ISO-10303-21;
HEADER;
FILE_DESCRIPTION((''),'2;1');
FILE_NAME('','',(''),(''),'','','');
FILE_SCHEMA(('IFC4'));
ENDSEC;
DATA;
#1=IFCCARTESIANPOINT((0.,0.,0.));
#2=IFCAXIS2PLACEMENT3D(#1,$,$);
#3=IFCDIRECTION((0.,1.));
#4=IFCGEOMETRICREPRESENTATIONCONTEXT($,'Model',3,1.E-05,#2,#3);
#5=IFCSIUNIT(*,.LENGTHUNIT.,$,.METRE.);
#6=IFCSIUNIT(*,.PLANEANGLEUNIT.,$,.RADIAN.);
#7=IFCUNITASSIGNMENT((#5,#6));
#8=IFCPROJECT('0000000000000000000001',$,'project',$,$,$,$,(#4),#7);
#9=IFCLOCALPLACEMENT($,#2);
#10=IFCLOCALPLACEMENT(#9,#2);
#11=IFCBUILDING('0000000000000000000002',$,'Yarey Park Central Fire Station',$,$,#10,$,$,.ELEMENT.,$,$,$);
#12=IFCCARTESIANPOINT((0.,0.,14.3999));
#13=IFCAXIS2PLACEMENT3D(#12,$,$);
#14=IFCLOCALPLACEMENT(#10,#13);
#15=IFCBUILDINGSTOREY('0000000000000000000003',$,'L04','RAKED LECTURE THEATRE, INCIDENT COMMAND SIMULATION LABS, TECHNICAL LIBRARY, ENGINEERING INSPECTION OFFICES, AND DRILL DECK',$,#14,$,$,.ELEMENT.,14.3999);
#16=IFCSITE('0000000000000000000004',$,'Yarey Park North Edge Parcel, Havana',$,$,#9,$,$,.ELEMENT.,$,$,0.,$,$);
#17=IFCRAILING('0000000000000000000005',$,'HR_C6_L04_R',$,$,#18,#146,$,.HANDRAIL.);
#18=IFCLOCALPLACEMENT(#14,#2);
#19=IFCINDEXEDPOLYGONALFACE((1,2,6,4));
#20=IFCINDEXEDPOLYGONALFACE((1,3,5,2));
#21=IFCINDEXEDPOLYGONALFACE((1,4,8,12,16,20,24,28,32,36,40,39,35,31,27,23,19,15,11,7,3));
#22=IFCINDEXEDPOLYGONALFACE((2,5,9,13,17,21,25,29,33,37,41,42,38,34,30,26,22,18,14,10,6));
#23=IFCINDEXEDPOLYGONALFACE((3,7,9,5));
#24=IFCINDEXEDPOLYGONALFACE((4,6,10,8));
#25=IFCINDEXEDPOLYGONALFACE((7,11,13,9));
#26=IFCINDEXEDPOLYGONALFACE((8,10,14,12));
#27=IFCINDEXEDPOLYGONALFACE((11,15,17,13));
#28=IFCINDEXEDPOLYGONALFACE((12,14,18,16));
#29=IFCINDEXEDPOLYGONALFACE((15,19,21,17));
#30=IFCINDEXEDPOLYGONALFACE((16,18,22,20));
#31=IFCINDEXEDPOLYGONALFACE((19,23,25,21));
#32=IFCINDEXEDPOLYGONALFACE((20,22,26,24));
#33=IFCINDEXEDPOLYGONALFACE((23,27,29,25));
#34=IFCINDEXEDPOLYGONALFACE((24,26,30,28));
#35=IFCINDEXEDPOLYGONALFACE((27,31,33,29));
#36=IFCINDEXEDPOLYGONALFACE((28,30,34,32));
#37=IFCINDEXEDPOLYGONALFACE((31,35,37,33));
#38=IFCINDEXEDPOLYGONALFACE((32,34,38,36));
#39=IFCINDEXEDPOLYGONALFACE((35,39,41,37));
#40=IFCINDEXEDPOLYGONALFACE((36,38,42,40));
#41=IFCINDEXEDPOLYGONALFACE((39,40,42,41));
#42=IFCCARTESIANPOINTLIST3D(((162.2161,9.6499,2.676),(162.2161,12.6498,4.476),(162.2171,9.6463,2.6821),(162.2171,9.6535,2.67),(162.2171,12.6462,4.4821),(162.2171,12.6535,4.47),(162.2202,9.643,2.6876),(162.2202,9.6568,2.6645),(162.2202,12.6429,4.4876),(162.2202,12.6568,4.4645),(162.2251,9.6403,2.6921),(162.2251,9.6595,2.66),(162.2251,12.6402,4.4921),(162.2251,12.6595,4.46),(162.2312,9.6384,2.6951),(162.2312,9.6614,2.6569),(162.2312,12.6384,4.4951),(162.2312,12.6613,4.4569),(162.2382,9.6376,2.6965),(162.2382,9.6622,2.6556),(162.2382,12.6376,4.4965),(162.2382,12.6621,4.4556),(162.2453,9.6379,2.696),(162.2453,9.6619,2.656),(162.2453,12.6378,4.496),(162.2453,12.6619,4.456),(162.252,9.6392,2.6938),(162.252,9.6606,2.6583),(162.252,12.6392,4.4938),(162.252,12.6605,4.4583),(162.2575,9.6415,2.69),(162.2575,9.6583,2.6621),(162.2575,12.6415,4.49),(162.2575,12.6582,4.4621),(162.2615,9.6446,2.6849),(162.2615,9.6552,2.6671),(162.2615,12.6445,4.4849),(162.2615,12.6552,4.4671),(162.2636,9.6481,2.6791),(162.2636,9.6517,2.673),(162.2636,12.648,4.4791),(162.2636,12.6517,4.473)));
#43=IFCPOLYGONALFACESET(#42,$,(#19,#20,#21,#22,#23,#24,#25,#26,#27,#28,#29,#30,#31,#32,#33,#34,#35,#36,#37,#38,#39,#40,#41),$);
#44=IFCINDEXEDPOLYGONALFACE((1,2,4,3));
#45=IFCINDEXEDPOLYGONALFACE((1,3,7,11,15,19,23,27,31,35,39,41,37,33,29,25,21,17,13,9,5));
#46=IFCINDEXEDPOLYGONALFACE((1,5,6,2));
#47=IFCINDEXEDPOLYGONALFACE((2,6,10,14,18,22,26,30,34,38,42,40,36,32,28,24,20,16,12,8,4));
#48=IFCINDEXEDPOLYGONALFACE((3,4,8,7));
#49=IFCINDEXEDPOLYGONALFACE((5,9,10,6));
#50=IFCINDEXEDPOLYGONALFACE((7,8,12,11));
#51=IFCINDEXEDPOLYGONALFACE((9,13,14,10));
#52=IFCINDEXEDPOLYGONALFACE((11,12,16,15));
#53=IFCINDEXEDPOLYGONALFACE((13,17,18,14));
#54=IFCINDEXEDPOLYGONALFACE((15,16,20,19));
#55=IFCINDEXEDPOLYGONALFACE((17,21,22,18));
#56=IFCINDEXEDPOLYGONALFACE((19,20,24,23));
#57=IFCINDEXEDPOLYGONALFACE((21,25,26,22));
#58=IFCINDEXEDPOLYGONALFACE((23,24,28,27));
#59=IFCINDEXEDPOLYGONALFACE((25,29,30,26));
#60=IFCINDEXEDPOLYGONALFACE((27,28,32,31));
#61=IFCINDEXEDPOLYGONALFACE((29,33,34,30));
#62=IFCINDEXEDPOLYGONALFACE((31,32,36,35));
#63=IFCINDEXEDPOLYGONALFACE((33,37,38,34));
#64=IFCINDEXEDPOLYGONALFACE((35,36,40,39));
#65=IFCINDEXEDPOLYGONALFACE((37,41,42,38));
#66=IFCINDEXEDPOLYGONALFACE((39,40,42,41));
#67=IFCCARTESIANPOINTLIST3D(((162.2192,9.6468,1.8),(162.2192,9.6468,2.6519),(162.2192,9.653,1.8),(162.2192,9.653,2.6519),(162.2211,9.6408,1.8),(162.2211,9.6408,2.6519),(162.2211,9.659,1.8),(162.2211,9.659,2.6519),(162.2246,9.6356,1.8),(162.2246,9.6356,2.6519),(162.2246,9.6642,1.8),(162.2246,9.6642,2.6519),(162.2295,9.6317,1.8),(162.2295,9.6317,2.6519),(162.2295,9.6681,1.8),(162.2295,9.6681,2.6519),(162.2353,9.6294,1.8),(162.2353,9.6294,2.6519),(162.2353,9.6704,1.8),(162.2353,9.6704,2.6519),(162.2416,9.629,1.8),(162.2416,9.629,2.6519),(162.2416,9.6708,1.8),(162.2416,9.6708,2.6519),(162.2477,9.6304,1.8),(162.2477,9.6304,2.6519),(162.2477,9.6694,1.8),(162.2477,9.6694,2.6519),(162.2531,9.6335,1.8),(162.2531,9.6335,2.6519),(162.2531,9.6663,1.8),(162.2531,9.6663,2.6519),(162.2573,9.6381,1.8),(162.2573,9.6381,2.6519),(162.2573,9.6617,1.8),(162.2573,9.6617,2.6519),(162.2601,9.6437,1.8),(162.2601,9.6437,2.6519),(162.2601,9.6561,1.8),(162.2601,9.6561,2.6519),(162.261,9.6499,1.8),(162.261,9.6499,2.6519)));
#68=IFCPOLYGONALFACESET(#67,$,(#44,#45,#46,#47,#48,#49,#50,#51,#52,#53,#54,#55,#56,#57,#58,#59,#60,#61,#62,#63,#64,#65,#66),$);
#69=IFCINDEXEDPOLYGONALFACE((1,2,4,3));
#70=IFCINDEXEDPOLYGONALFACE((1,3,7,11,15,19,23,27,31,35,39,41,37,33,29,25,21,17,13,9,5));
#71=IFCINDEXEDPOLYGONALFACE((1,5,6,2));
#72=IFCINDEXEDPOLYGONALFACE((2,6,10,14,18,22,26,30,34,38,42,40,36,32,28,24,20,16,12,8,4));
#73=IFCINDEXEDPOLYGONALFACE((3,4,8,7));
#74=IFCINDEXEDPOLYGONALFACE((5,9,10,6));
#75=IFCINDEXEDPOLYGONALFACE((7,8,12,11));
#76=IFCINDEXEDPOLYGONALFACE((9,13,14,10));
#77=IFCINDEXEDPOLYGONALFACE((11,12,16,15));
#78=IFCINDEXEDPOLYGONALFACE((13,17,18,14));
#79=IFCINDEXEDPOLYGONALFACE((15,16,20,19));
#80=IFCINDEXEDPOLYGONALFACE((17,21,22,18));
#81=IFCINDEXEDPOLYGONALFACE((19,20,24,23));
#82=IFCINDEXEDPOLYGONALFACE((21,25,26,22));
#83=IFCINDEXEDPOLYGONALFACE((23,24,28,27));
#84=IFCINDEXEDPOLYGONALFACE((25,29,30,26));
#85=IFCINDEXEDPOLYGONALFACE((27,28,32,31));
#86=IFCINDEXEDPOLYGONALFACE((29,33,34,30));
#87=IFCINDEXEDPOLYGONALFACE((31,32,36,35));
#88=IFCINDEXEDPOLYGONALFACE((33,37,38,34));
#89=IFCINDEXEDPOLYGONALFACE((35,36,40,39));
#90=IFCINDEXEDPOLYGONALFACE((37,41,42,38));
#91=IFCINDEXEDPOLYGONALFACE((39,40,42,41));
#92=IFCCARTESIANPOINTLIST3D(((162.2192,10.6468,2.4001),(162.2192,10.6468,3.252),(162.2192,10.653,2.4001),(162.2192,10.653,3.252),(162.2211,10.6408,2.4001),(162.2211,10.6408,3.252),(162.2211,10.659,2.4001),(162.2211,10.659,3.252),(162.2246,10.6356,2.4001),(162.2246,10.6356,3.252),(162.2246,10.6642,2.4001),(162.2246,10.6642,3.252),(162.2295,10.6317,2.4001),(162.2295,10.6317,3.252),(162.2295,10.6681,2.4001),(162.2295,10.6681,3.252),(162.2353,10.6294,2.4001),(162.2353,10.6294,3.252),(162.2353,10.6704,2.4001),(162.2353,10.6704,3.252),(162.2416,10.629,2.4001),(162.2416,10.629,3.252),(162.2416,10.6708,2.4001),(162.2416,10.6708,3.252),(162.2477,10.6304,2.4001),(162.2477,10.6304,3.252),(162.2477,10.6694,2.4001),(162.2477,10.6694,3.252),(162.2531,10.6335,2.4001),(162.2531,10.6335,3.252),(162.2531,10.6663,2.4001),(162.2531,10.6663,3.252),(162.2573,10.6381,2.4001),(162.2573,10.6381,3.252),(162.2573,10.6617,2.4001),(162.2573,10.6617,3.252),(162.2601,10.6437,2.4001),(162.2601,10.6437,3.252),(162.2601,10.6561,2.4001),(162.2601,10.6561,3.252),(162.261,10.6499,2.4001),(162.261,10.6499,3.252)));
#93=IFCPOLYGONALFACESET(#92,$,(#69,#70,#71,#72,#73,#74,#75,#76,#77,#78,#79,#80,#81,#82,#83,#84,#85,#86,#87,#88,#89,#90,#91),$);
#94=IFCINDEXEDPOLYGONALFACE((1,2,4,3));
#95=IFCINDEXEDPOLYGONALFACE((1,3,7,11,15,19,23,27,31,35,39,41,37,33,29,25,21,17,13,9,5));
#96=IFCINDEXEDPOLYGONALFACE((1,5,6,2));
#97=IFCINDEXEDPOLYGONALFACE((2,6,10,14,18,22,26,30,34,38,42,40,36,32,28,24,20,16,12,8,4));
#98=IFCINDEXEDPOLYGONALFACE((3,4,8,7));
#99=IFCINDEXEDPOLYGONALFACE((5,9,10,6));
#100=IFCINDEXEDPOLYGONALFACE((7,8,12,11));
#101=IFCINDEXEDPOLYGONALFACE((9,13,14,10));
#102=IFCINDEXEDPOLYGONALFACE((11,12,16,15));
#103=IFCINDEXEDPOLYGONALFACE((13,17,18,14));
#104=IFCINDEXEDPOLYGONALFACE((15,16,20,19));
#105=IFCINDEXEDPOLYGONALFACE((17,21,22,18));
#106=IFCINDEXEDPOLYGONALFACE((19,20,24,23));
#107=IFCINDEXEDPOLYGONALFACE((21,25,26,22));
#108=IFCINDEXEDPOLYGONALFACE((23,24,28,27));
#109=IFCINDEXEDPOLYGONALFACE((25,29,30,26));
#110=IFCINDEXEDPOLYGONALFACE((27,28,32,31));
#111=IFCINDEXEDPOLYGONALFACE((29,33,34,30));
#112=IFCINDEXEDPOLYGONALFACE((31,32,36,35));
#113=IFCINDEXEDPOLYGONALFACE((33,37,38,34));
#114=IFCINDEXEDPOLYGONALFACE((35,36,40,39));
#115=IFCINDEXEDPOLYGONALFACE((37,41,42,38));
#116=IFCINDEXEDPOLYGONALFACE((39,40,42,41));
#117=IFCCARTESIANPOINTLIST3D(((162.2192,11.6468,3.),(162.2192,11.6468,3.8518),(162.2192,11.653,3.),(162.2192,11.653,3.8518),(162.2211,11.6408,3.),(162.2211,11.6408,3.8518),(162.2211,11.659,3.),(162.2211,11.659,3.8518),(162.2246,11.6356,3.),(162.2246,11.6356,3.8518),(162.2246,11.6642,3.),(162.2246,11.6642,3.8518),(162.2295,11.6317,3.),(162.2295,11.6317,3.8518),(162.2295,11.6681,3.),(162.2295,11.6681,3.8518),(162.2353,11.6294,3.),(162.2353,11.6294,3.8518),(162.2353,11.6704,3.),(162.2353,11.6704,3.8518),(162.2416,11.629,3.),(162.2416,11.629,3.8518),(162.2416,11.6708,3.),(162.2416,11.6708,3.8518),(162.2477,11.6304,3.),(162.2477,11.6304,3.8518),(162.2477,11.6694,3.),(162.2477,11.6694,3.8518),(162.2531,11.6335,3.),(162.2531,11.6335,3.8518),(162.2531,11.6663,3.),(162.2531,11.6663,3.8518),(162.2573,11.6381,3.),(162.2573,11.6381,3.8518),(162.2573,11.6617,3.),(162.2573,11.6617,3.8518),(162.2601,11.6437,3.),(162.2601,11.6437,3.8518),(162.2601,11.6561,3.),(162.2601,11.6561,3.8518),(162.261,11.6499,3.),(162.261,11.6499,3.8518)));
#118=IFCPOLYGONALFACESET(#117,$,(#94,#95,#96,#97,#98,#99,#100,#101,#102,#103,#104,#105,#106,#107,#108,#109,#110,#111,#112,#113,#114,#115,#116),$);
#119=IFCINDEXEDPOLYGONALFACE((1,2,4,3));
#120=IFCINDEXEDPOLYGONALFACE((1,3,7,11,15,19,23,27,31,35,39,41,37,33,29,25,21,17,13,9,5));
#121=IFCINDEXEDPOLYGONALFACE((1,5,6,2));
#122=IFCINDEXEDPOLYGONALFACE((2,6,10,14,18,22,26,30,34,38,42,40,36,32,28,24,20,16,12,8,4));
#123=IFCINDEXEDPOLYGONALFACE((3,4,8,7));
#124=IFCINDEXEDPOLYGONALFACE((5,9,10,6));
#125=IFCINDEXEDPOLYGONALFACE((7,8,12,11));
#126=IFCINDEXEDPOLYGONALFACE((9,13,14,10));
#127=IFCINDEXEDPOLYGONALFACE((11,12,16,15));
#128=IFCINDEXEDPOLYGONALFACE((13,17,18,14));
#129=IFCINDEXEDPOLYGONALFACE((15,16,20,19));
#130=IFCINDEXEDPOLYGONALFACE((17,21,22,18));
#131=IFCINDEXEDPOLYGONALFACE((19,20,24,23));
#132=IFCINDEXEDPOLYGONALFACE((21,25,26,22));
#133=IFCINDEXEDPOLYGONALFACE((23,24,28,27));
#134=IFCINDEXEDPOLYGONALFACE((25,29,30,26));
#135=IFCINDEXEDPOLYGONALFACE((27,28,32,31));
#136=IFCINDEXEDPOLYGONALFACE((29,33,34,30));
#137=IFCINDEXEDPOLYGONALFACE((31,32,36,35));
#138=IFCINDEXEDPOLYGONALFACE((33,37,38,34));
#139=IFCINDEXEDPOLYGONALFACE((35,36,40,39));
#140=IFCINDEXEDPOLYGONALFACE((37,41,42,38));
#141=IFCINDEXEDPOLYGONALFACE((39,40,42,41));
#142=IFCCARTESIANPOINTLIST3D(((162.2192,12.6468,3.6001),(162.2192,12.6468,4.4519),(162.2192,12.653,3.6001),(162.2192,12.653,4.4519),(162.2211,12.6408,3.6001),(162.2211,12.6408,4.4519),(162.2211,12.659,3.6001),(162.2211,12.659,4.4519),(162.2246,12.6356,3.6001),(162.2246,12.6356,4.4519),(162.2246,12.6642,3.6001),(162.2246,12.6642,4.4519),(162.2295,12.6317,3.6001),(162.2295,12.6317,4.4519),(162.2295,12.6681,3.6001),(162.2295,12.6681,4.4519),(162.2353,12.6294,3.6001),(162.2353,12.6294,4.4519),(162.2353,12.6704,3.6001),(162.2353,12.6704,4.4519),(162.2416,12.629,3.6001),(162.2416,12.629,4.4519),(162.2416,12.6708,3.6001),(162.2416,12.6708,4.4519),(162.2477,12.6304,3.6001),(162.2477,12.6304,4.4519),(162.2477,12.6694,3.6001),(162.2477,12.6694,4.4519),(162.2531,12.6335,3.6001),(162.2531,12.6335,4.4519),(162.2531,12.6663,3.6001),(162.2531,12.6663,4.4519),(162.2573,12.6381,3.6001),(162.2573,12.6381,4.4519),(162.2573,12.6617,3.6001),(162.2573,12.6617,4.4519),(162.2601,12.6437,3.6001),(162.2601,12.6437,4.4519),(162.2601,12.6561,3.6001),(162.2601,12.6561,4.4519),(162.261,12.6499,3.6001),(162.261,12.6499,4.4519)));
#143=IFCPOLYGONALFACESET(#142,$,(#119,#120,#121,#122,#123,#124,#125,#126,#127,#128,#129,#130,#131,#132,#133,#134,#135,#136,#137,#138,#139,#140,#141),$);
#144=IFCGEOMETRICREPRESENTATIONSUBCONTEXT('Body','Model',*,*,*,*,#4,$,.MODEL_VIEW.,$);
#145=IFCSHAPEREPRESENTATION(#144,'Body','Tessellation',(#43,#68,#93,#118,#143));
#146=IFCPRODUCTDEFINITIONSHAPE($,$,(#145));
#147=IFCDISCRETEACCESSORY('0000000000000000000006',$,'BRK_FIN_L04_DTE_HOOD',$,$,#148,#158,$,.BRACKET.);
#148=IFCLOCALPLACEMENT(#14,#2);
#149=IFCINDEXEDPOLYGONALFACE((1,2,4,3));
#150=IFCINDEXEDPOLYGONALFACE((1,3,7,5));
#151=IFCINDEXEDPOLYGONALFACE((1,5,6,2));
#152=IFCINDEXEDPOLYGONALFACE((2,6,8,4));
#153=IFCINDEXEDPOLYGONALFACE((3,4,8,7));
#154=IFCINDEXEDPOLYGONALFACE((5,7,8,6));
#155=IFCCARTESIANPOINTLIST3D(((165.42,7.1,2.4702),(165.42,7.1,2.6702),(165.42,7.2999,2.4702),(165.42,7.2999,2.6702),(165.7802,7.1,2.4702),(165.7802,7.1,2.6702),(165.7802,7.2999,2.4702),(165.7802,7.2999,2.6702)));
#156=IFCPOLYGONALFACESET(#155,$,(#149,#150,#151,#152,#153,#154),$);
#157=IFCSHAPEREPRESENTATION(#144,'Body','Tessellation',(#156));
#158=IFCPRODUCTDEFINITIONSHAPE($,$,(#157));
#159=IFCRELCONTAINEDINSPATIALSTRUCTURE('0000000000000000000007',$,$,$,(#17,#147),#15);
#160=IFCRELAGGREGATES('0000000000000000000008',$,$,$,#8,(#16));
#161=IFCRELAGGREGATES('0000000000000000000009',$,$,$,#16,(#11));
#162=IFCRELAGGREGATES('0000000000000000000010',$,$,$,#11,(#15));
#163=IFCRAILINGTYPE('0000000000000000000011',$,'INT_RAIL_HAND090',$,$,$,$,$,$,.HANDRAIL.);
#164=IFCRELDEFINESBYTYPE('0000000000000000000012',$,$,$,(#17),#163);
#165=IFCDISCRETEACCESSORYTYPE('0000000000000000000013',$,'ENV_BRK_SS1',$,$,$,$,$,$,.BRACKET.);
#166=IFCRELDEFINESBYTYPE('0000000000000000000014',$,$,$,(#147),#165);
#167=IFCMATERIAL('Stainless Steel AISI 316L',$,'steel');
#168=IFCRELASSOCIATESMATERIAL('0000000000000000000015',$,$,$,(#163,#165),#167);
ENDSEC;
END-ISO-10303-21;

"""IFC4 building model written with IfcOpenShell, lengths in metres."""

from ifc_helpers import new_model, si_unit, direction, frame, origin, origin_2d, place, context, subcontext, project, spatial, rectangle, circle, extrude, material, type_object, element, save


model = new_model("IFC4")

# Units and contexts
model_context = context("Model", 3, precision=1e-05, world=origin(), true_north=direction((0.0, 1.0)))
body_context = subcontext(model_context, "Body", "Model", "MODEL_VIEW")
ifc_project = project(units=[si_unit("LENGTHUNIT", "METRE"), si_unit("PLANEANGLEUNIT", "RADIAN")], contexts=[model_context])

# Site, building, storey
site_placement = place(None, origin())
site = spatial("IfcSite", under=ifc_project, at=site_placement, Name="Yarey Park North Edge Parcel, Havana", CompositionType="ELEMENT", RefElevation=0.0)
building_placement = place(site_placement, origin())
building = spatial("IfcBuilding", under=site, at=building_placement, Name="Yarey Park Central Fire Station", CompositionType="ELEMENT")
storey_placement = place(building_placement, frame((0.0, 0.0, 14.3999)))
storey = spatial("IfcBuildingStorey", under=building, at=storey_placement, Name="L04", Description="RAKED LECTURE THEATRE, INCIDENT COMMAND SIMULATION LABS, TECHNICAL LIBRARY, ENGINEERING INSPECTION OFFICES, AND DRILL DECK", CompositionType="ELEMENT", Elevation=14.3999)

# Shared definitions
ifc_material_1 = material(Name="Stainless Steel AISI 316L", Category="steel")

# Railing
railing_type_1 = type_object("IfcRailingType", Name="INT_RAIL_HAND090", PredefinedType="HANDRAIL", material=ifc_material_1)
railing_1_placement = place(storey_placement, frame((162.24, 9.6499, 1.8)))
element("IfcRailing", 1, at=railing_1_placement, inside=storey, type_object=railing_type_1, Name="HR_C6_L04_R", PredefinedType="HANDRAIL", context=body_context, shape_type="SweptSolid", body=[
    extrude(circle(Radius=0.0239, at=origin_2d()), frame((0.0, 0.0, 0.876), z_axis=(0.0, 0.857487, 0.514506), x_axis=(-1.0, 0.0, 0.0)), (0.0, 0.0, 1.0), 3.4985),
    extrude(circle(Radius=0.021, at=origin_2d()), origin(), (0.0, 0.0, 1.0), 0.8518),
    extrude(circle(Radius=0.021, at=origin_2d()), frame((0.0, 1.0, 0.6001)), (0.0, 0.0, 1.0), 0.8518),
    extrude(circle(Radius=0.021, at=origin_2d()), frame((0.0, 2.0, 1.2)), (0.0, 0.0, 1.0), 0.8518),
    extrude(circle(Radius=0.021, at=origin_2d()), frame((0.0, 3.0, 1.8)), (0.0, 0.0, 1.0), 0.8518),
])

# Discrete accessory
discrete_accessory_type = type_object("IfcDiscreteAccessoryType", Name="ENV_BRK_SS1", PredefinedType="BRACKET", material=ifc_material_1)
discrete_accessory_placement = place(storey_placement, frame((165.6001, 7.2, 2.4702), z_axis=(0.0, 0.0, 1.0), x_axis=(1.0, 0.0, 0.0)))
element("IfcDiscreteAccessory", 2, at=discrete_accessory_placement, inside=storey, type_object=discrete_accessory_type, Name="BRK_FIN_L04_DTE_HOOD", PredefinedType="BRACKET", context=body_context, shape_type="SweptSolid", body=[
    extrude(rectangle(XDim=0.3601, YDim=0.2, at=origin_2d()), origin(), (0.0, 0.0, 1.0), 0.2),
])

save(model, "model.ifc")
